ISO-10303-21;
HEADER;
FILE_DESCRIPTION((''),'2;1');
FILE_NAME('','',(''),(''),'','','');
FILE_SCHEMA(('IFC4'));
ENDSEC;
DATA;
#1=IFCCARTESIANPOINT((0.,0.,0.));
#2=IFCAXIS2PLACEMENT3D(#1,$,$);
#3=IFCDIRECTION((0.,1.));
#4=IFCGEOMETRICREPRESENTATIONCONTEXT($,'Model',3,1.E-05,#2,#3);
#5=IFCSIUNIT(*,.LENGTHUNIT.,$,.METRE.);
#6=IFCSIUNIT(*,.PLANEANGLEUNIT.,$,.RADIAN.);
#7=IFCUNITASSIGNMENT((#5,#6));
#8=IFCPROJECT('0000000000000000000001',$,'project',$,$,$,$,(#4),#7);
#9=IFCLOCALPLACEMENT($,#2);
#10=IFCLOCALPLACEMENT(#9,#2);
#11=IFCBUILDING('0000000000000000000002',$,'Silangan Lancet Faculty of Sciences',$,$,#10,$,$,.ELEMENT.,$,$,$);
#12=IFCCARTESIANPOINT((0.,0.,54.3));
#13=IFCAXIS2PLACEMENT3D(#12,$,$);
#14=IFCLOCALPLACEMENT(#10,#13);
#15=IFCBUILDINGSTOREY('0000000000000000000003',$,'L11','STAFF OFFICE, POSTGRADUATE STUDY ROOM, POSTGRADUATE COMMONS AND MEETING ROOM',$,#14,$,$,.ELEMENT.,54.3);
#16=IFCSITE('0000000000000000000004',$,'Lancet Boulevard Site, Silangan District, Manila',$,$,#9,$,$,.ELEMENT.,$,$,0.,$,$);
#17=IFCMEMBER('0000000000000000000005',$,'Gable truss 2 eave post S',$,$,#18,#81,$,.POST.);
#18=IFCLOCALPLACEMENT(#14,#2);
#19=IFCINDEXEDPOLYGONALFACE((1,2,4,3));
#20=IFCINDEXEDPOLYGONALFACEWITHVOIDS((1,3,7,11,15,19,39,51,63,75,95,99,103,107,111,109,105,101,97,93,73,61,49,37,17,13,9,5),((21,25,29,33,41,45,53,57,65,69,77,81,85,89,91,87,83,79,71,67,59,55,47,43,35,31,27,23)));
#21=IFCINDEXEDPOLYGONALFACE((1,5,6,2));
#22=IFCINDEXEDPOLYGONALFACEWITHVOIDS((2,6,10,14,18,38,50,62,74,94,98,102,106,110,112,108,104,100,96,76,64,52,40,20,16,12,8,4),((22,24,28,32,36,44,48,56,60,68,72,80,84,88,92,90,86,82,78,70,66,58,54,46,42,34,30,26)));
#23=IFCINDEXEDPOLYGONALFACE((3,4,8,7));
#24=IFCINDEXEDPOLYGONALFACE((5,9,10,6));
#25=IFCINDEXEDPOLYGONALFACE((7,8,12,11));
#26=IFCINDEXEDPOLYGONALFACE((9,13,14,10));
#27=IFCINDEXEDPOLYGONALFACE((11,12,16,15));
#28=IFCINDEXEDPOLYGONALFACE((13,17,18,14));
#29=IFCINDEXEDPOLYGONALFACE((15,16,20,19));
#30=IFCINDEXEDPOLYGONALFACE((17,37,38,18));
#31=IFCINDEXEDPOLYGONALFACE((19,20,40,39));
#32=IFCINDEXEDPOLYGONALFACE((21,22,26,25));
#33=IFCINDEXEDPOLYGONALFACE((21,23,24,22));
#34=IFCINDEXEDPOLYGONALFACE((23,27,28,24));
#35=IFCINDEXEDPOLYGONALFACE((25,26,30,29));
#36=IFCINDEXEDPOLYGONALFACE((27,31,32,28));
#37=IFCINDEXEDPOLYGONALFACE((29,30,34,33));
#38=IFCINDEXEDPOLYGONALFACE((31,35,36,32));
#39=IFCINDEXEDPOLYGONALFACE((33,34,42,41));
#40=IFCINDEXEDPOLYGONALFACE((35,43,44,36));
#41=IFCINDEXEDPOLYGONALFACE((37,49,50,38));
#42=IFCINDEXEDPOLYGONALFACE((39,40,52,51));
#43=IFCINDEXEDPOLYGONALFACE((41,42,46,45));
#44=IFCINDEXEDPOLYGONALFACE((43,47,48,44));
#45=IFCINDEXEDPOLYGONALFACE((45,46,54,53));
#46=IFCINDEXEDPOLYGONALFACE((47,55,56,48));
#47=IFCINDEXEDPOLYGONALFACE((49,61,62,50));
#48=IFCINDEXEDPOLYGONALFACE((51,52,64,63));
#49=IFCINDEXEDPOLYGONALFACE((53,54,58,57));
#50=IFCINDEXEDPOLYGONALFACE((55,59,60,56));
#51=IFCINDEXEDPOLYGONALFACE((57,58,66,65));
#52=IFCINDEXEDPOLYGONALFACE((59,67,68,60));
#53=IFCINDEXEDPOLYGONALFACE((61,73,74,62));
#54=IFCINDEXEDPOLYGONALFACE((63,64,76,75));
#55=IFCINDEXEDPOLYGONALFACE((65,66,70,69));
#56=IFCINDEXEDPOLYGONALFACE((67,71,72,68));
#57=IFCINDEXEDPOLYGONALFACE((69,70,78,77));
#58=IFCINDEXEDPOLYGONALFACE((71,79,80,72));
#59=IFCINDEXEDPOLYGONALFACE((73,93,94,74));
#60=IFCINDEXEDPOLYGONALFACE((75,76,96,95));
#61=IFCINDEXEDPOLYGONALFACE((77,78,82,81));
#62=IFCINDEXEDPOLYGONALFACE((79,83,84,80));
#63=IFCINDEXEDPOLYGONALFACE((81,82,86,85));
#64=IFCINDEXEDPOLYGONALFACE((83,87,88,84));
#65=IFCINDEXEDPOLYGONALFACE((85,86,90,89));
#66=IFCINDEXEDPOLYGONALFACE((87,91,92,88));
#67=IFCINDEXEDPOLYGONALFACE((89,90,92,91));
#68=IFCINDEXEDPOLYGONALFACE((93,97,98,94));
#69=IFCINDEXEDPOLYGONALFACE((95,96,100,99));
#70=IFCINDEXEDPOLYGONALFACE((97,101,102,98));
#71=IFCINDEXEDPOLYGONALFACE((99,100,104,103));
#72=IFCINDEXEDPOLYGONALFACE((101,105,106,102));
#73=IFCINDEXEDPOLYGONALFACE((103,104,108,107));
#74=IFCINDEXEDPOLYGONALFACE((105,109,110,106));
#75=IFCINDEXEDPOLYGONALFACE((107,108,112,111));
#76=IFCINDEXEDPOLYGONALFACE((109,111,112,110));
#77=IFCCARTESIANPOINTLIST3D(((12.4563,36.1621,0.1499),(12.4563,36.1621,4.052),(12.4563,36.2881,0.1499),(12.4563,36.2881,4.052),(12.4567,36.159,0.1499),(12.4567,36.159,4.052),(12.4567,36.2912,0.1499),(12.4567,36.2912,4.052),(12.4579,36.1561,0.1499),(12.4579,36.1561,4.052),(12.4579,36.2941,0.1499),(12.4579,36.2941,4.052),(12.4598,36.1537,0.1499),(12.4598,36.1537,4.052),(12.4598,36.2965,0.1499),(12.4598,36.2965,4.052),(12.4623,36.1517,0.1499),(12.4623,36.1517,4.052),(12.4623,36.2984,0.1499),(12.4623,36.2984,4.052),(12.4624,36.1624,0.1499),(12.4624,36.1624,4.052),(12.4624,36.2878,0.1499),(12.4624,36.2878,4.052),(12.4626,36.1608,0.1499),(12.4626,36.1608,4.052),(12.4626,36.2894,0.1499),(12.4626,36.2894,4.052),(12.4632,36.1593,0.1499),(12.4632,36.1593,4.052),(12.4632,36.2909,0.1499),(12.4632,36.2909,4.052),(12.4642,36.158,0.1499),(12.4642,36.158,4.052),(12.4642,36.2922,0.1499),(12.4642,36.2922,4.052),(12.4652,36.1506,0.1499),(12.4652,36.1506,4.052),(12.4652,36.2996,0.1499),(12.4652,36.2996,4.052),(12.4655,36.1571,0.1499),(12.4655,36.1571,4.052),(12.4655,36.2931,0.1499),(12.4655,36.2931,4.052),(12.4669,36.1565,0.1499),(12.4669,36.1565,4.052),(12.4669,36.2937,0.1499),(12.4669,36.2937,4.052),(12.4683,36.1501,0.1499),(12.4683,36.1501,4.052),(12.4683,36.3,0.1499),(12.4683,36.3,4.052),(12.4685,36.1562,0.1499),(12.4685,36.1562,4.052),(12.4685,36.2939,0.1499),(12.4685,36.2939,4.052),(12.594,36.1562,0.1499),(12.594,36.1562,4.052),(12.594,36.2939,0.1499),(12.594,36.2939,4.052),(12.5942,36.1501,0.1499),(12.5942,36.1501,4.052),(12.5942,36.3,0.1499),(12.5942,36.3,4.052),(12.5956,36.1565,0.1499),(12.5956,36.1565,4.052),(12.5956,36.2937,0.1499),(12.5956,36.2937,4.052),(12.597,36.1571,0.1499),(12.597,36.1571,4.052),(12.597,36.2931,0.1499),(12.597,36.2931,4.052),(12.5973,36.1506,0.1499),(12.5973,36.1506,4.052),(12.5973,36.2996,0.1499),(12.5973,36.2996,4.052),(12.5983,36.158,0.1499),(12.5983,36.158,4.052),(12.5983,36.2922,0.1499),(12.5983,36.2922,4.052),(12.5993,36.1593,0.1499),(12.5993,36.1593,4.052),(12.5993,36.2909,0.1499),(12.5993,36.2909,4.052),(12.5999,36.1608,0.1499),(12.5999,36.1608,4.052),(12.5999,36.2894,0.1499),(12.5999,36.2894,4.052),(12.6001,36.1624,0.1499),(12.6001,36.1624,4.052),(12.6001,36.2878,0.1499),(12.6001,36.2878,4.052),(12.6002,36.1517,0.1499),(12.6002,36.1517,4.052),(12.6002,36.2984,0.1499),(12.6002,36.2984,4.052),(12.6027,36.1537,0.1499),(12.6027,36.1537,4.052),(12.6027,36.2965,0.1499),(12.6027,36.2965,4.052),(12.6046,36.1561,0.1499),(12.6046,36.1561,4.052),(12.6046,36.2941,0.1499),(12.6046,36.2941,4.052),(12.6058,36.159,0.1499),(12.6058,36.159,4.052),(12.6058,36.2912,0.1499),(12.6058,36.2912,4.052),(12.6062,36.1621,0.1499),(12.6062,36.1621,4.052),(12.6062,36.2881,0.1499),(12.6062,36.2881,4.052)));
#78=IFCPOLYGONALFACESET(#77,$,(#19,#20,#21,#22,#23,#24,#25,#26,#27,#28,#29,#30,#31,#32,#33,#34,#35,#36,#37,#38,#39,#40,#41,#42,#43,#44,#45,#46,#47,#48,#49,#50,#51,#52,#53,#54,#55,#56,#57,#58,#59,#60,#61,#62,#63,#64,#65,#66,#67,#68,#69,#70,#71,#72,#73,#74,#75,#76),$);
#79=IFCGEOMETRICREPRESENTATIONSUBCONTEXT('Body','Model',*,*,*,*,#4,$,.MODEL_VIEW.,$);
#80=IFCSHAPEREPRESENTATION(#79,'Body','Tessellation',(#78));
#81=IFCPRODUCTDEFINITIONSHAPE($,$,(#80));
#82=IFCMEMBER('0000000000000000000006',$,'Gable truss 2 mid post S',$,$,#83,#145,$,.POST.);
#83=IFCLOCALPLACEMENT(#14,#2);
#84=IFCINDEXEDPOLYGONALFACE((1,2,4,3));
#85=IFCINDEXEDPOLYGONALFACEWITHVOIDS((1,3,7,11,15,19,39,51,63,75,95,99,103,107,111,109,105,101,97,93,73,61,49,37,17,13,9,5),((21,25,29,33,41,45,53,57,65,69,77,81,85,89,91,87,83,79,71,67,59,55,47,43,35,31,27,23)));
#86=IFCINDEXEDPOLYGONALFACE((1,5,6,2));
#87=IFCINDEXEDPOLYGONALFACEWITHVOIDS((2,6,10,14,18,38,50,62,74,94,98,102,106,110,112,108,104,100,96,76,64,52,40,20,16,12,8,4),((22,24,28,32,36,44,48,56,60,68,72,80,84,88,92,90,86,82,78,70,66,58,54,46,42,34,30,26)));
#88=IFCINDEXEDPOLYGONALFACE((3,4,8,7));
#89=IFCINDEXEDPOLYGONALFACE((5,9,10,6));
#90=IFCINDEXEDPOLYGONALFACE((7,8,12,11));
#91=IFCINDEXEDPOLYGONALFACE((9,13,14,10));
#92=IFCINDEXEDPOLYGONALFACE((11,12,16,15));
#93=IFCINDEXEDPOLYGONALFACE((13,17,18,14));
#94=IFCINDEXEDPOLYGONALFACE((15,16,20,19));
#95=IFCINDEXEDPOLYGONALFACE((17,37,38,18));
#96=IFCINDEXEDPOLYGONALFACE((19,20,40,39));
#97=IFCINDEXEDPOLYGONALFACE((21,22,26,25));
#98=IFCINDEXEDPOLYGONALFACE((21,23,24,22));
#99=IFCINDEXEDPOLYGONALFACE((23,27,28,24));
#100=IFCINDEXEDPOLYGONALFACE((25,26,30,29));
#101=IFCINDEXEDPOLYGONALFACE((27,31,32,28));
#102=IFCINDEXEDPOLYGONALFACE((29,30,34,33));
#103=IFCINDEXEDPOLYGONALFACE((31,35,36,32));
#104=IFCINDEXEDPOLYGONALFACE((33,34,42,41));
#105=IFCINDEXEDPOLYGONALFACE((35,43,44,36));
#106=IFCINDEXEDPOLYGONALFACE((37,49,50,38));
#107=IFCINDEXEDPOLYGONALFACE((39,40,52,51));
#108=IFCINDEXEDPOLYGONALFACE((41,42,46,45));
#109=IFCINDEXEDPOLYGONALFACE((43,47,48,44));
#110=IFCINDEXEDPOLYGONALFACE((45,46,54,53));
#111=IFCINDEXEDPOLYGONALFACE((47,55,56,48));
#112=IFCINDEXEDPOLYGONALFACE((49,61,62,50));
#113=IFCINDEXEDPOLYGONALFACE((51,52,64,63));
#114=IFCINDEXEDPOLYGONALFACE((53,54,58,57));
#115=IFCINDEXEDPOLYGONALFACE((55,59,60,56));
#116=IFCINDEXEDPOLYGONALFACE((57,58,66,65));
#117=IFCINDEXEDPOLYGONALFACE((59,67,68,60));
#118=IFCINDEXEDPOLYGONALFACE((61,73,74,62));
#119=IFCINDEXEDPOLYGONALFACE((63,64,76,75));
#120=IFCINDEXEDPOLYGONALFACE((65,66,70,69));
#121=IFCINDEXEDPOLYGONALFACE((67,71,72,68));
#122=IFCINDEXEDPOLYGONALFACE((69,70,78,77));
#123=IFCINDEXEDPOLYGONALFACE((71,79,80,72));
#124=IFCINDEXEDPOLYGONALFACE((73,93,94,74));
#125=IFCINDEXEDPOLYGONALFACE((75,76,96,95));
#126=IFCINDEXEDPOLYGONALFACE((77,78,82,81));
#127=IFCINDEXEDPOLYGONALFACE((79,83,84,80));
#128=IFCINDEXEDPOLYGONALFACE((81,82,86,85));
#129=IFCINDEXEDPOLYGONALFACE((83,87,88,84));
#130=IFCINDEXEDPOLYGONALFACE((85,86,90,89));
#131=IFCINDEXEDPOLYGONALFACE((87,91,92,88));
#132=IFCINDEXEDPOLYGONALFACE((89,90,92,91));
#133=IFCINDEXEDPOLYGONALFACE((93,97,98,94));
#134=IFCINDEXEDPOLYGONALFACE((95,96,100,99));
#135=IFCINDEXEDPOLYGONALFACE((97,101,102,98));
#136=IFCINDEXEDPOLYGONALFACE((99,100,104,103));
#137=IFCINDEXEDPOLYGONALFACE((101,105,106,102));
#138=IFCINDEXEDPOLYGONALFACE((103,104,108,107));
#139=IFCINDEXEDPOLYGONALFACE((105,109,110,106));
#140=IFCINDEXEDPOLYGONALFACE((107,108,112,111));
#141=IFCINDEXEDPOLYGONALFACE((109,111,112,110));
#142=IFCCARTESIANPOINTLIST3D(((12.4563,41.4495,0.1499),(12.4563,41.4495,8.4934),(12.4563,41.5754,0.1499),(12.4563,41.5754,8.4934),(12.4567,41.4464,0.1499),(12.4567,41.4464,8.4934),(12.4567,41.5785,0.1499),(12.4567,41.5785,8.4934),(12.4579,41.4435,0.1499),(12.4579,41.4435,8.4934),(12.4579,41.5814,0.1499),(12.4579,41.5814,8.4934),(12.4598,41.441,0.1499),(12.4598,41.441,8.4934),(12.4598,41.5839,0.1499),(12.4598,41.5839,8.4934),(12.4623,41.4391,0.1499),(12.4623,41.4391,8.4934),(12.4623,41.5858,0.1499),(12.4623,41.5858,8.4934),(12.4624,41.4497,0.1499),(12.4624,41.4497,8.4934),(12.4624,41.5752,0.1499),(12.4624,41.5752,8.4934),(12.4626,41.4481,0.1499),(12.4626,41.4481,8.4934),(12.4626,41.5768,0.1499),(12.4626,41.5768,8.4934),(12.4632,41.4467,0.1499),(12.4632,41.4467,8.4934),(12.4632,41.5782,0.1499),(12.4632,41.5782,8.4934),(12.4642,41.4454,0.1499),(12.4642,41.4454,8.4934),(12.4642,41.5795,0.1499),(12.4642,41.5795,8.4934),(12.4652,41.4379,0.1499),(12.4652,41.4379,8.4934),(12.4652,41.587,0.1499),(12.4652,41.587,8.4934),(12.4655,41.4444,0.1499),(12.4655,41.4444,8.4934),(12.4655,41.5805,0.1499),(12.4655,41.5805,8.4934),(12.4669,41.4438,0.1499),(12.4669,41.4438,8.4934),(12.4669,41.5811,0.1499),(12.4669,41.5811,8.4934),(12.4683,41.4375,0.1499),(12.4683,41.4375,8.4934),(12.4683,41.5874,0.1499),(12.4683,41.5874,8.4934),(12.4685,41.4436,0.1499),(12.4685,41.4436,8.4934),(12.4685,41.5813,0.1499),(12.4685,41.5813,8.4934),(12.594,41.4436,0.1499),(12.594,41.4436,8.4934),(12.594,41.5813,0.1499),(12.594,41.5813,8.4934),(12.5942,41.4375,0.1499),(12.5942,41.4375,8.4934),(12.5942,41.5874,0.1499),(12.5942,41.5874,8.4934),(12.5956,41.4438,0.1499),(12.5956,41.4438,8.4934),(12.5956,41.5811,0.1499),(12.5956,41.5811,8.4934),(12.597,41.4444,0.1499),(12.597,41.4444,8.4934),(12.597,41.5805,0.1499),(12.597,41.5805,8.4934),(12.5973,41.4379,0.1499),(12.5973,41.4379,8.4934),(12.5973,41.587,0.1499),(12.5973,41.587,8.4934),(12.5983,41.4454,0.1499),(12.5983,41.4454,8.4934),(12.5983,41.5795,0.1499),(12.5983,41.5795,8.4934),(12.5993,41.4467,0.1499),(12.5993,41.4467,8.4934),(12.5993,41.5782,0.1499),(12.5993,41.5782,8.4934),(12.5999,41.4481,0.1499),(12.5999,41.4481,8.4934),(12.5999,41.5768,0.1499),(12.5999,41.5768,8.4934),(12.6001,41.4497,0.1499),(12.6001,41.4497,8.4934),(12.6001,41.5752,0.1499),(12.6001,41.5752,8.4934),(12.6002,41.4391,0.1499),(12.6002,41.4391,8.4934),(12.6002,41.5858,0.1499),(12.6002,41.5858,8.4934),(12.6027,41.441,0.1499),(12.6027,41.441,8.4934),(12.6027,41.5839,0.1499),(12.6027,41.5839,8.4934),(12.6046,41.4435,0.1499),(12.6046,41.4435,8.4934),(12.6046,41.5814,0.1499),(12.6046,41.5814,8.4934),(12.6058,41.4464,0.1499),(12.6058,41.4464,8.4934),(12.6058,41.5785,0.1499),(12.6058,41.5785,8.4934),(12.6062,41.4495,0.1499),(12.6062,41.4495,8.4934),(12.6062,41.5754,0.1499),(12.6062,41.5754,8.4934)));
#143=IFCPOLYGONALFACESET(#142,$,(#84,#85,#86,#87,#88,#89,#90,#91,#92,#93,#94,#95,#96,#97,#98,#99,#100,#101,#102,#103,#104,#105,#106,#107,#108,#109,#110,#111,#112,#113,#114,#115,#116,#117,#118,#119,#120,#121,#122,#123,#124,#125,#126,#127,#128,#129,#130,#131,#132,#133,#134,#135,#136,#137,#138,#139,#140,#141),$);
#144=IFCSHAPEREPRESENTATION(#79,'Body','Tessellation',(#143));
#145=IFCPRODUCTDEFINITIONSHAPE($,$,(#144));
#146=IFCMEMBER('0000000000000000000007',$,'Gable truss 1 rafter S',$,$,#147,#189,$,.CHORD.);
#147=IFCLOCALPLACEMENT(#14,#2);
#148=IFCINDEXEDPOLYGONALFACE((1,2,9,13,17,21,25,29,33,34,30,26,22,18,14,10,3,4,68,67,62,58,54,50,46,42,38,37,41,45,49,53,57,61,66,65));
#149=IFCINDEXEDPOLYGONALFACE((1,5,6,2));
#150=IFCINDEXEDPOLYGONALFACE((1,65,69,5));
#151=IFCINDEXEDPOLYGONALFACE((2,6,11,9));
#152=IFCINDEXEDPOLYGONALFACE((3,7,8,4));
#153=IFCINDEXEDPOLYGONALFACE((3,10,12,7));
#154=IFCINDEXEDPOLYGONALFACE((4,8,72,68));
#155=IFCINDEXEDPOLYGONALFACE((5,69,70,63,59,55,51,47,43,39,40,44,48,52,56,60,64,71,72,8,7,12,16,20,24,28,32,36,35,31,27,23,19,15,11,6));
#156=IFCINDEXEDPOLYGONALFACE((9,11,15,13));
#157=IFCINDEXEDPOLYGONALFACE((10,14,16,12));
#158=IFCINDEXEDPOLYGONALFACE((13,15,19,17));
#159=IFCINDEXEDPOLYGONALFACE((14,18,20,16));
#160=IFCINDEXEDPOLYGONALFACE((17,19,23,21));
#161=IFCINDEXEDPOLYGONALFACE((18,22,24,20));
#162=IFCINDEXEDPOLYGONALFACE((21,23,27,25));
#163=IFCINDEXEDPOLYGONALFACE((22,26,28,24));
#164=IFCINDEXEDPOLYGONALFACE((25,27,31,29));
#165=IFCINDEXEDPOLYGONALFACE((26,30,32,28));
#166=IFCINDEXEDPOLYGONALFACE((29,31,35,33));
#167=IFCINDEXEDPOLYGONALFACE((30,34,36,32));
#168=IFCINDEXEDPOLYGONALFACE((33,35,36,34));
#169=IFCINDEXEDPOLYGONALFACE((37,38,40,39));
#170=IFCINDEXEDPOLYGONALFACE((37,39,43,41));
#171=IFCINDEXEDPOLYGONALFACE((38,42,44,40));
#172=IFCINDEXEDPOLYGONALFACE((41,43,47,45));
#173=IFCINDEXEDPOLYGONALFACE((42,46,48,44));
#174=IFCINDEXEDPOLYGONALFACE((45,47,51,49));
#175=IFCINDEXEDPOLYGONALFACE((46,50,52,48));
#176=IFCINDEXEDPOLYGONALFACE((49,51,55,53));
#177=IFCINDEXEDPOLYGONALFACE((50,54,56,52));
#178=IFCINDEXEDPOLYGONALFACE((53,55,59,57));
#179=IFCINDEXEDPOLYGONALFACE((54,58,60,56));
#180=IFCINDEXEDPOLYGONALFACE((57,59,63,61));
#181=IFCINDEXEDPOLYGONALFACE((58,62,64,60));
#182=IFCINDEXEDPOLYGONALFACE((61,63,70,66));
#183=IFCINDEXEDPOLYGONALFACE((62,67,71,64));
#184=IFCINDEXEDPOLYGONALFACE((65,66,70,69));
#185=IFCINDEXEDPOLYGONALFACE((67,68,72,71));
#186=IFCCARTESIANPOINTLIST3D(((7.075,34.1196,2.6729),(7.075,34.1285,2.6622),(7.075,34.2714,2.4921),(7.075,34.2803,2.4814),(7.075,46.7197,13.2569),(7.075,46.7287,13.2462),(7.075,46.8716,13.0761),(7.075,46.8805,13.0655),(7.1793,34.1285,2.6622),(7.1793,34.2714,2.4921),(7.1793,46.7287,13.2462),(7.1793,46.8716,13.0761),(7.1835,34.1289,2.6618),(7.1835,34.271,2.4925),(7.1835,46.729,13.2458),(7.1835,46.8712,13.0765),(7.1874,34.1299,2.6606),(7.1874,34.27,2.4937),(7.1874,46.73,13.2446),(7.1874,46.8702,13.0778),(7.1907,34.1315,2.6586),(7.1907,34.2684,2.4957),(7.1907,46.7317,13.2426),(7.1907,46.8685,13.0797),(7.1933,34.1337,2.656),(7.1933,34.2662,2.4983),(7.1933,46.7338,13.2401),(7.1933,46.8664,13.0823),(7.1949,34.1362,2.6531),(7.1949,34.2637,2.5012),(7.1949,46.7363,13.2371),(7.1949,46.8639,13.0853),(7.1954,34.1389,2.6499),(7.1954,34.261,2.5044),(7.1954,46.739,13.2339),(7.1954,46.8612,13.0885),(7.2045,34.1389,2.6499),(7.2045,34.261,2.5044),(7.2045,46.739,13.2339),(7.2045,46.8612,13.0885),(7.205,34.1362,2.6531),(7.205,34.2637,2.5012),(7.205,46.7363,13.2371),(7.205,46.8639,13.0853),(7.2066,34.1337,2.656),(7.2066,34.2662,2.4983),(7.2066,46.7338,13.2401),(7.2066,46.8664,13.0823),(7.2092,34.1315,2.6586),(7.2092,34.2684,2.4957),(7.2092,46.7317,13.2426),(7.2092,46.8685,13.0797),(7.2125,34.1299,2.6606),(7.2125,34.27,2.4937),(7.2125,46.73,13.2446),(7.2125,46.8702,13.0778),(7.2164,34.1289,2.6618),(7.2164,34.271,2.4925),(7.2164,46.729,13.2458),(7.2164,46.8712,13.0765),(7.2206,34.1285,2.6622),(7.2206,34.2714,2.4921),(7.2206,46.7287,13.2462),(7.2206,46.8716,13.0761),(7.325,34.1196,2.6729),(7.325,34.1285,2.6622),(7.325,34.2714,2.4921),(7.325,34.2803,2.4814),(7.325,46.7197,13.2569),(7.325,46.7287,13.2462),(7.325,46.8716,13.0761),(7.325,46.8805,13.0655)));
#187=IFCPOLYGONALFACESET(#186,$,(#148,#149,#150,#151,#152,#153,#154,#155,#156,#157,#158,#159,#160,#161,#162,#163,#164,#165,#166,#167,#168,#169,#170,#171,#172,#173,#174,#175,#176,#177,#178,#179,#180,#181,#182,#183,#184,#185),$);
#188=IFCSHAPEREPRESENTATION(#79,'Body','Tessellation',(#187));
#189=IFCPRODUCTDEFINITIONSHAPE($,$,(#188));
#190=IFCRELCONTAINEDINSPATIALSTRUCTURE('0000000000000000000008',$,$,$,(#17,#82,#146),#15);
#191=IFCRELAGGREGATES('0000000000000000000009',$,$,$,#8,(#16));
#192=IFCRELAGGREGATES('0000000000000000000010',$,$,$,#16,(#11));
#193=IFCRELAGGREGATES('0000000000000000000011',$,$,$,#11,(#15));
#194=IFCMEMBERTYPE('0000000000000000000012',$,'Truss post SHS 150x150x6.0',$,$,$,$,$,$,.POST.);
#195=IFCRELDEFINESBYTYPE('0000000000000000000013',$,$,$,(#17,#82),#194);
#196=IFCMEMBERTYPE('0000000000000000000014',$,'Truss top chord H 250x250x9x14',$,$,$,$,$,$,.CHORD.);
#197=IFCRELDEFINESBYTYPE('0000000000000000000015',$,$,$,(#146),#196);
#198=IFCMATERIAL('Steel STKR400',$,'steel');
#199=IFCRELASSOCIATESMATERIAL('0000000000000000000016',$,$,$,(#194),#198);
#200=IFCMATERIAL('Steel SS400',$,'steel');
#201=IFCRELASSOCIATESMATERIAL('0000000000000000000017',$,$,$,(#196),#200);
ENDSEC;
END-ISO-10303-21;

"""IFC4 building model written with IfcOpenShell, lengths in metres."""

from ifc_helpers import new_model, si_unit, direction, frame, origin, origin_2d, place, context, subcontext, project, spatial, hollow_rectangle, i_section, extrude, material, material_profile, profile_set, type_object, element, save


model = new_model("IFC4")

# Units and contexts
model_context = context("Model", 3, precision=1e-05, world=origin(), true_north=direction((0.0, 1.0)))
body_context = subcontext(model_context, "Body", "Model", "MODEL_VIEW")
ifc_project = project(units=[si_unit("LENGTHUNIT", "METRE"), si_unit("PLANEANGLEUNIT", "RADIAN")], contexts=[model_context])

# Site, building, storey
site_placement = place(None, origin())
site = spatial("IfcSite", under=ifc_project, at=site_placement, Name="Lancet Boulevard Site, Silangan District, Manila", CompositionType="ELEMENT", RefElevation=0.0)
building_placement = place(site_placement, origin())
building = spatial("IfcBuilding", under=site, at=building_placement, Name="Silangan Lancet Faculty of Sciences", CompositionType="ELEMENT")
storey_placement = place(building_placement, frame((0.0, 0.0, 54.3)))
storey = spatial("IfcBuildingStorey", under=building, at=storey_placement, Name="L11", Description="STAFF OFFICE, POSTGRADUATE STUDY ROOM, POSTGRADUATE COMMONS AND MEETING ROOM", CompositionType="ELEMENT", Elevation=54.3)

# Members
ifc_material_1 = material(Name="Steel STKR400", Category="steel")
ifc_material_profile_1 = material_profile(ifc_material_1, hollow_rectangle(XDim=0.1499, YDim=0.1499, WallThickness=0.0061, InnerFilletRadius=0.0061, OuterFilletRadius=0.012, at=origin_2d()), Name="SHS 150x150x6.0")
ifc_profile_set_1 = profile_set([ifc_material_profile_1], Name="Steel STKR400")
member_type_1 = type_object("IfcMemberType", Name="Truss post SHS 150x150x6.0", PredefinedType="POST", material=ifc_profile_set_1)
member_1_placement = place(storey_placement, frame((12.5312, 36.2251, 0.1499), z_axis=(0.0, 0.0, 1.0), x_axis=(1.0, 0.0, 0.0)))
element("IfcMember", 1, at=member_1_placement, inside=storey, type_object=member_type_1, Name="Gable truss 2 eave post S", PredefinedType="POST", context=body_context, shape_type="SweptSolid", body=[
    extrude(hollow_rectangle(XDim=0.1499, YDim=0.1499, WallThickness=0.0061, InnerFilletRadius=0.0061, OuterFilletRadius=0.012, at=origin_2d()), origin(), (0.0, 0.0, 1.0), 3.9021),
])
member_2_placement = place(storey_placement, frame((12.5312, 41.5125, 0.1499), z_axis=(0.0, 0.0, 1.0), x_axis=(1.0, 0.0, 0.0)))
element("IfcMember", 2, at=member_2_placement, inside=storey, type_object=member_type_1, Name="Gable truss 2 mid post S", PredefinedType="POST", context=body_context, shape_type="SweptSolid", body=[
    extrude(hollow_rectangle(XDim=0.1499, YDim=0.1499, WallThickness=0.0061, InnerFilletRadius=0.0061, OuterFilletRadius=0.012, at=origin_2d()), origin(), (0.0, 0.0, 1.0), 8.3435),
])
ifc_material_2 = material(Name="Steel SS400", Category="steel")
ifc_material_profile_2 = material_profile(ifc_material_2, i_section(OverallWidth=0.25, OverallDepth=0.25, WebThickness=0.009, FlangeThickness=0.0139, FilletRadius=0.0161, at=origin_2d()), Name="H 250x250x9x14")
ifc_profile_set_2 = profile_set([ifc_material_profile_2], Name="Steel SS400")
member_type_2 = type_object("IfcMemberType", Name="Truss top chord H 250x250x9x14", PredefinedType="CHORD", material=ifc_profile_set_2)
for number, where, z_axis, x_axis, name in (
    (3, (7.2, 34.2, 2.5771), (0.0, 0.765708, 0.643189), (-1.0, 0.0, 0.0), "Gable truss 1 rafter S"),
):
    element("IfcMember", number, at=place(storey_placement, frame(where, z_axis=z_axis, x_axis=x_axis)), inside=storey, type_object=member_type_2, Name=name, PredefinedType="CHORD", context=body_context, shape_type="SweptSolid", body=[
        extrude(i_section(OverallWidth=0.25, OverallDepth=0.25, WebThickness=0.009, FlangeThickness=0.0139, FilletRadius=0.0161, at=origin_2d()), origin(), (0.0, 0.0, 1.0), 16.4556),
    ])

save(model, "model.ifc")
